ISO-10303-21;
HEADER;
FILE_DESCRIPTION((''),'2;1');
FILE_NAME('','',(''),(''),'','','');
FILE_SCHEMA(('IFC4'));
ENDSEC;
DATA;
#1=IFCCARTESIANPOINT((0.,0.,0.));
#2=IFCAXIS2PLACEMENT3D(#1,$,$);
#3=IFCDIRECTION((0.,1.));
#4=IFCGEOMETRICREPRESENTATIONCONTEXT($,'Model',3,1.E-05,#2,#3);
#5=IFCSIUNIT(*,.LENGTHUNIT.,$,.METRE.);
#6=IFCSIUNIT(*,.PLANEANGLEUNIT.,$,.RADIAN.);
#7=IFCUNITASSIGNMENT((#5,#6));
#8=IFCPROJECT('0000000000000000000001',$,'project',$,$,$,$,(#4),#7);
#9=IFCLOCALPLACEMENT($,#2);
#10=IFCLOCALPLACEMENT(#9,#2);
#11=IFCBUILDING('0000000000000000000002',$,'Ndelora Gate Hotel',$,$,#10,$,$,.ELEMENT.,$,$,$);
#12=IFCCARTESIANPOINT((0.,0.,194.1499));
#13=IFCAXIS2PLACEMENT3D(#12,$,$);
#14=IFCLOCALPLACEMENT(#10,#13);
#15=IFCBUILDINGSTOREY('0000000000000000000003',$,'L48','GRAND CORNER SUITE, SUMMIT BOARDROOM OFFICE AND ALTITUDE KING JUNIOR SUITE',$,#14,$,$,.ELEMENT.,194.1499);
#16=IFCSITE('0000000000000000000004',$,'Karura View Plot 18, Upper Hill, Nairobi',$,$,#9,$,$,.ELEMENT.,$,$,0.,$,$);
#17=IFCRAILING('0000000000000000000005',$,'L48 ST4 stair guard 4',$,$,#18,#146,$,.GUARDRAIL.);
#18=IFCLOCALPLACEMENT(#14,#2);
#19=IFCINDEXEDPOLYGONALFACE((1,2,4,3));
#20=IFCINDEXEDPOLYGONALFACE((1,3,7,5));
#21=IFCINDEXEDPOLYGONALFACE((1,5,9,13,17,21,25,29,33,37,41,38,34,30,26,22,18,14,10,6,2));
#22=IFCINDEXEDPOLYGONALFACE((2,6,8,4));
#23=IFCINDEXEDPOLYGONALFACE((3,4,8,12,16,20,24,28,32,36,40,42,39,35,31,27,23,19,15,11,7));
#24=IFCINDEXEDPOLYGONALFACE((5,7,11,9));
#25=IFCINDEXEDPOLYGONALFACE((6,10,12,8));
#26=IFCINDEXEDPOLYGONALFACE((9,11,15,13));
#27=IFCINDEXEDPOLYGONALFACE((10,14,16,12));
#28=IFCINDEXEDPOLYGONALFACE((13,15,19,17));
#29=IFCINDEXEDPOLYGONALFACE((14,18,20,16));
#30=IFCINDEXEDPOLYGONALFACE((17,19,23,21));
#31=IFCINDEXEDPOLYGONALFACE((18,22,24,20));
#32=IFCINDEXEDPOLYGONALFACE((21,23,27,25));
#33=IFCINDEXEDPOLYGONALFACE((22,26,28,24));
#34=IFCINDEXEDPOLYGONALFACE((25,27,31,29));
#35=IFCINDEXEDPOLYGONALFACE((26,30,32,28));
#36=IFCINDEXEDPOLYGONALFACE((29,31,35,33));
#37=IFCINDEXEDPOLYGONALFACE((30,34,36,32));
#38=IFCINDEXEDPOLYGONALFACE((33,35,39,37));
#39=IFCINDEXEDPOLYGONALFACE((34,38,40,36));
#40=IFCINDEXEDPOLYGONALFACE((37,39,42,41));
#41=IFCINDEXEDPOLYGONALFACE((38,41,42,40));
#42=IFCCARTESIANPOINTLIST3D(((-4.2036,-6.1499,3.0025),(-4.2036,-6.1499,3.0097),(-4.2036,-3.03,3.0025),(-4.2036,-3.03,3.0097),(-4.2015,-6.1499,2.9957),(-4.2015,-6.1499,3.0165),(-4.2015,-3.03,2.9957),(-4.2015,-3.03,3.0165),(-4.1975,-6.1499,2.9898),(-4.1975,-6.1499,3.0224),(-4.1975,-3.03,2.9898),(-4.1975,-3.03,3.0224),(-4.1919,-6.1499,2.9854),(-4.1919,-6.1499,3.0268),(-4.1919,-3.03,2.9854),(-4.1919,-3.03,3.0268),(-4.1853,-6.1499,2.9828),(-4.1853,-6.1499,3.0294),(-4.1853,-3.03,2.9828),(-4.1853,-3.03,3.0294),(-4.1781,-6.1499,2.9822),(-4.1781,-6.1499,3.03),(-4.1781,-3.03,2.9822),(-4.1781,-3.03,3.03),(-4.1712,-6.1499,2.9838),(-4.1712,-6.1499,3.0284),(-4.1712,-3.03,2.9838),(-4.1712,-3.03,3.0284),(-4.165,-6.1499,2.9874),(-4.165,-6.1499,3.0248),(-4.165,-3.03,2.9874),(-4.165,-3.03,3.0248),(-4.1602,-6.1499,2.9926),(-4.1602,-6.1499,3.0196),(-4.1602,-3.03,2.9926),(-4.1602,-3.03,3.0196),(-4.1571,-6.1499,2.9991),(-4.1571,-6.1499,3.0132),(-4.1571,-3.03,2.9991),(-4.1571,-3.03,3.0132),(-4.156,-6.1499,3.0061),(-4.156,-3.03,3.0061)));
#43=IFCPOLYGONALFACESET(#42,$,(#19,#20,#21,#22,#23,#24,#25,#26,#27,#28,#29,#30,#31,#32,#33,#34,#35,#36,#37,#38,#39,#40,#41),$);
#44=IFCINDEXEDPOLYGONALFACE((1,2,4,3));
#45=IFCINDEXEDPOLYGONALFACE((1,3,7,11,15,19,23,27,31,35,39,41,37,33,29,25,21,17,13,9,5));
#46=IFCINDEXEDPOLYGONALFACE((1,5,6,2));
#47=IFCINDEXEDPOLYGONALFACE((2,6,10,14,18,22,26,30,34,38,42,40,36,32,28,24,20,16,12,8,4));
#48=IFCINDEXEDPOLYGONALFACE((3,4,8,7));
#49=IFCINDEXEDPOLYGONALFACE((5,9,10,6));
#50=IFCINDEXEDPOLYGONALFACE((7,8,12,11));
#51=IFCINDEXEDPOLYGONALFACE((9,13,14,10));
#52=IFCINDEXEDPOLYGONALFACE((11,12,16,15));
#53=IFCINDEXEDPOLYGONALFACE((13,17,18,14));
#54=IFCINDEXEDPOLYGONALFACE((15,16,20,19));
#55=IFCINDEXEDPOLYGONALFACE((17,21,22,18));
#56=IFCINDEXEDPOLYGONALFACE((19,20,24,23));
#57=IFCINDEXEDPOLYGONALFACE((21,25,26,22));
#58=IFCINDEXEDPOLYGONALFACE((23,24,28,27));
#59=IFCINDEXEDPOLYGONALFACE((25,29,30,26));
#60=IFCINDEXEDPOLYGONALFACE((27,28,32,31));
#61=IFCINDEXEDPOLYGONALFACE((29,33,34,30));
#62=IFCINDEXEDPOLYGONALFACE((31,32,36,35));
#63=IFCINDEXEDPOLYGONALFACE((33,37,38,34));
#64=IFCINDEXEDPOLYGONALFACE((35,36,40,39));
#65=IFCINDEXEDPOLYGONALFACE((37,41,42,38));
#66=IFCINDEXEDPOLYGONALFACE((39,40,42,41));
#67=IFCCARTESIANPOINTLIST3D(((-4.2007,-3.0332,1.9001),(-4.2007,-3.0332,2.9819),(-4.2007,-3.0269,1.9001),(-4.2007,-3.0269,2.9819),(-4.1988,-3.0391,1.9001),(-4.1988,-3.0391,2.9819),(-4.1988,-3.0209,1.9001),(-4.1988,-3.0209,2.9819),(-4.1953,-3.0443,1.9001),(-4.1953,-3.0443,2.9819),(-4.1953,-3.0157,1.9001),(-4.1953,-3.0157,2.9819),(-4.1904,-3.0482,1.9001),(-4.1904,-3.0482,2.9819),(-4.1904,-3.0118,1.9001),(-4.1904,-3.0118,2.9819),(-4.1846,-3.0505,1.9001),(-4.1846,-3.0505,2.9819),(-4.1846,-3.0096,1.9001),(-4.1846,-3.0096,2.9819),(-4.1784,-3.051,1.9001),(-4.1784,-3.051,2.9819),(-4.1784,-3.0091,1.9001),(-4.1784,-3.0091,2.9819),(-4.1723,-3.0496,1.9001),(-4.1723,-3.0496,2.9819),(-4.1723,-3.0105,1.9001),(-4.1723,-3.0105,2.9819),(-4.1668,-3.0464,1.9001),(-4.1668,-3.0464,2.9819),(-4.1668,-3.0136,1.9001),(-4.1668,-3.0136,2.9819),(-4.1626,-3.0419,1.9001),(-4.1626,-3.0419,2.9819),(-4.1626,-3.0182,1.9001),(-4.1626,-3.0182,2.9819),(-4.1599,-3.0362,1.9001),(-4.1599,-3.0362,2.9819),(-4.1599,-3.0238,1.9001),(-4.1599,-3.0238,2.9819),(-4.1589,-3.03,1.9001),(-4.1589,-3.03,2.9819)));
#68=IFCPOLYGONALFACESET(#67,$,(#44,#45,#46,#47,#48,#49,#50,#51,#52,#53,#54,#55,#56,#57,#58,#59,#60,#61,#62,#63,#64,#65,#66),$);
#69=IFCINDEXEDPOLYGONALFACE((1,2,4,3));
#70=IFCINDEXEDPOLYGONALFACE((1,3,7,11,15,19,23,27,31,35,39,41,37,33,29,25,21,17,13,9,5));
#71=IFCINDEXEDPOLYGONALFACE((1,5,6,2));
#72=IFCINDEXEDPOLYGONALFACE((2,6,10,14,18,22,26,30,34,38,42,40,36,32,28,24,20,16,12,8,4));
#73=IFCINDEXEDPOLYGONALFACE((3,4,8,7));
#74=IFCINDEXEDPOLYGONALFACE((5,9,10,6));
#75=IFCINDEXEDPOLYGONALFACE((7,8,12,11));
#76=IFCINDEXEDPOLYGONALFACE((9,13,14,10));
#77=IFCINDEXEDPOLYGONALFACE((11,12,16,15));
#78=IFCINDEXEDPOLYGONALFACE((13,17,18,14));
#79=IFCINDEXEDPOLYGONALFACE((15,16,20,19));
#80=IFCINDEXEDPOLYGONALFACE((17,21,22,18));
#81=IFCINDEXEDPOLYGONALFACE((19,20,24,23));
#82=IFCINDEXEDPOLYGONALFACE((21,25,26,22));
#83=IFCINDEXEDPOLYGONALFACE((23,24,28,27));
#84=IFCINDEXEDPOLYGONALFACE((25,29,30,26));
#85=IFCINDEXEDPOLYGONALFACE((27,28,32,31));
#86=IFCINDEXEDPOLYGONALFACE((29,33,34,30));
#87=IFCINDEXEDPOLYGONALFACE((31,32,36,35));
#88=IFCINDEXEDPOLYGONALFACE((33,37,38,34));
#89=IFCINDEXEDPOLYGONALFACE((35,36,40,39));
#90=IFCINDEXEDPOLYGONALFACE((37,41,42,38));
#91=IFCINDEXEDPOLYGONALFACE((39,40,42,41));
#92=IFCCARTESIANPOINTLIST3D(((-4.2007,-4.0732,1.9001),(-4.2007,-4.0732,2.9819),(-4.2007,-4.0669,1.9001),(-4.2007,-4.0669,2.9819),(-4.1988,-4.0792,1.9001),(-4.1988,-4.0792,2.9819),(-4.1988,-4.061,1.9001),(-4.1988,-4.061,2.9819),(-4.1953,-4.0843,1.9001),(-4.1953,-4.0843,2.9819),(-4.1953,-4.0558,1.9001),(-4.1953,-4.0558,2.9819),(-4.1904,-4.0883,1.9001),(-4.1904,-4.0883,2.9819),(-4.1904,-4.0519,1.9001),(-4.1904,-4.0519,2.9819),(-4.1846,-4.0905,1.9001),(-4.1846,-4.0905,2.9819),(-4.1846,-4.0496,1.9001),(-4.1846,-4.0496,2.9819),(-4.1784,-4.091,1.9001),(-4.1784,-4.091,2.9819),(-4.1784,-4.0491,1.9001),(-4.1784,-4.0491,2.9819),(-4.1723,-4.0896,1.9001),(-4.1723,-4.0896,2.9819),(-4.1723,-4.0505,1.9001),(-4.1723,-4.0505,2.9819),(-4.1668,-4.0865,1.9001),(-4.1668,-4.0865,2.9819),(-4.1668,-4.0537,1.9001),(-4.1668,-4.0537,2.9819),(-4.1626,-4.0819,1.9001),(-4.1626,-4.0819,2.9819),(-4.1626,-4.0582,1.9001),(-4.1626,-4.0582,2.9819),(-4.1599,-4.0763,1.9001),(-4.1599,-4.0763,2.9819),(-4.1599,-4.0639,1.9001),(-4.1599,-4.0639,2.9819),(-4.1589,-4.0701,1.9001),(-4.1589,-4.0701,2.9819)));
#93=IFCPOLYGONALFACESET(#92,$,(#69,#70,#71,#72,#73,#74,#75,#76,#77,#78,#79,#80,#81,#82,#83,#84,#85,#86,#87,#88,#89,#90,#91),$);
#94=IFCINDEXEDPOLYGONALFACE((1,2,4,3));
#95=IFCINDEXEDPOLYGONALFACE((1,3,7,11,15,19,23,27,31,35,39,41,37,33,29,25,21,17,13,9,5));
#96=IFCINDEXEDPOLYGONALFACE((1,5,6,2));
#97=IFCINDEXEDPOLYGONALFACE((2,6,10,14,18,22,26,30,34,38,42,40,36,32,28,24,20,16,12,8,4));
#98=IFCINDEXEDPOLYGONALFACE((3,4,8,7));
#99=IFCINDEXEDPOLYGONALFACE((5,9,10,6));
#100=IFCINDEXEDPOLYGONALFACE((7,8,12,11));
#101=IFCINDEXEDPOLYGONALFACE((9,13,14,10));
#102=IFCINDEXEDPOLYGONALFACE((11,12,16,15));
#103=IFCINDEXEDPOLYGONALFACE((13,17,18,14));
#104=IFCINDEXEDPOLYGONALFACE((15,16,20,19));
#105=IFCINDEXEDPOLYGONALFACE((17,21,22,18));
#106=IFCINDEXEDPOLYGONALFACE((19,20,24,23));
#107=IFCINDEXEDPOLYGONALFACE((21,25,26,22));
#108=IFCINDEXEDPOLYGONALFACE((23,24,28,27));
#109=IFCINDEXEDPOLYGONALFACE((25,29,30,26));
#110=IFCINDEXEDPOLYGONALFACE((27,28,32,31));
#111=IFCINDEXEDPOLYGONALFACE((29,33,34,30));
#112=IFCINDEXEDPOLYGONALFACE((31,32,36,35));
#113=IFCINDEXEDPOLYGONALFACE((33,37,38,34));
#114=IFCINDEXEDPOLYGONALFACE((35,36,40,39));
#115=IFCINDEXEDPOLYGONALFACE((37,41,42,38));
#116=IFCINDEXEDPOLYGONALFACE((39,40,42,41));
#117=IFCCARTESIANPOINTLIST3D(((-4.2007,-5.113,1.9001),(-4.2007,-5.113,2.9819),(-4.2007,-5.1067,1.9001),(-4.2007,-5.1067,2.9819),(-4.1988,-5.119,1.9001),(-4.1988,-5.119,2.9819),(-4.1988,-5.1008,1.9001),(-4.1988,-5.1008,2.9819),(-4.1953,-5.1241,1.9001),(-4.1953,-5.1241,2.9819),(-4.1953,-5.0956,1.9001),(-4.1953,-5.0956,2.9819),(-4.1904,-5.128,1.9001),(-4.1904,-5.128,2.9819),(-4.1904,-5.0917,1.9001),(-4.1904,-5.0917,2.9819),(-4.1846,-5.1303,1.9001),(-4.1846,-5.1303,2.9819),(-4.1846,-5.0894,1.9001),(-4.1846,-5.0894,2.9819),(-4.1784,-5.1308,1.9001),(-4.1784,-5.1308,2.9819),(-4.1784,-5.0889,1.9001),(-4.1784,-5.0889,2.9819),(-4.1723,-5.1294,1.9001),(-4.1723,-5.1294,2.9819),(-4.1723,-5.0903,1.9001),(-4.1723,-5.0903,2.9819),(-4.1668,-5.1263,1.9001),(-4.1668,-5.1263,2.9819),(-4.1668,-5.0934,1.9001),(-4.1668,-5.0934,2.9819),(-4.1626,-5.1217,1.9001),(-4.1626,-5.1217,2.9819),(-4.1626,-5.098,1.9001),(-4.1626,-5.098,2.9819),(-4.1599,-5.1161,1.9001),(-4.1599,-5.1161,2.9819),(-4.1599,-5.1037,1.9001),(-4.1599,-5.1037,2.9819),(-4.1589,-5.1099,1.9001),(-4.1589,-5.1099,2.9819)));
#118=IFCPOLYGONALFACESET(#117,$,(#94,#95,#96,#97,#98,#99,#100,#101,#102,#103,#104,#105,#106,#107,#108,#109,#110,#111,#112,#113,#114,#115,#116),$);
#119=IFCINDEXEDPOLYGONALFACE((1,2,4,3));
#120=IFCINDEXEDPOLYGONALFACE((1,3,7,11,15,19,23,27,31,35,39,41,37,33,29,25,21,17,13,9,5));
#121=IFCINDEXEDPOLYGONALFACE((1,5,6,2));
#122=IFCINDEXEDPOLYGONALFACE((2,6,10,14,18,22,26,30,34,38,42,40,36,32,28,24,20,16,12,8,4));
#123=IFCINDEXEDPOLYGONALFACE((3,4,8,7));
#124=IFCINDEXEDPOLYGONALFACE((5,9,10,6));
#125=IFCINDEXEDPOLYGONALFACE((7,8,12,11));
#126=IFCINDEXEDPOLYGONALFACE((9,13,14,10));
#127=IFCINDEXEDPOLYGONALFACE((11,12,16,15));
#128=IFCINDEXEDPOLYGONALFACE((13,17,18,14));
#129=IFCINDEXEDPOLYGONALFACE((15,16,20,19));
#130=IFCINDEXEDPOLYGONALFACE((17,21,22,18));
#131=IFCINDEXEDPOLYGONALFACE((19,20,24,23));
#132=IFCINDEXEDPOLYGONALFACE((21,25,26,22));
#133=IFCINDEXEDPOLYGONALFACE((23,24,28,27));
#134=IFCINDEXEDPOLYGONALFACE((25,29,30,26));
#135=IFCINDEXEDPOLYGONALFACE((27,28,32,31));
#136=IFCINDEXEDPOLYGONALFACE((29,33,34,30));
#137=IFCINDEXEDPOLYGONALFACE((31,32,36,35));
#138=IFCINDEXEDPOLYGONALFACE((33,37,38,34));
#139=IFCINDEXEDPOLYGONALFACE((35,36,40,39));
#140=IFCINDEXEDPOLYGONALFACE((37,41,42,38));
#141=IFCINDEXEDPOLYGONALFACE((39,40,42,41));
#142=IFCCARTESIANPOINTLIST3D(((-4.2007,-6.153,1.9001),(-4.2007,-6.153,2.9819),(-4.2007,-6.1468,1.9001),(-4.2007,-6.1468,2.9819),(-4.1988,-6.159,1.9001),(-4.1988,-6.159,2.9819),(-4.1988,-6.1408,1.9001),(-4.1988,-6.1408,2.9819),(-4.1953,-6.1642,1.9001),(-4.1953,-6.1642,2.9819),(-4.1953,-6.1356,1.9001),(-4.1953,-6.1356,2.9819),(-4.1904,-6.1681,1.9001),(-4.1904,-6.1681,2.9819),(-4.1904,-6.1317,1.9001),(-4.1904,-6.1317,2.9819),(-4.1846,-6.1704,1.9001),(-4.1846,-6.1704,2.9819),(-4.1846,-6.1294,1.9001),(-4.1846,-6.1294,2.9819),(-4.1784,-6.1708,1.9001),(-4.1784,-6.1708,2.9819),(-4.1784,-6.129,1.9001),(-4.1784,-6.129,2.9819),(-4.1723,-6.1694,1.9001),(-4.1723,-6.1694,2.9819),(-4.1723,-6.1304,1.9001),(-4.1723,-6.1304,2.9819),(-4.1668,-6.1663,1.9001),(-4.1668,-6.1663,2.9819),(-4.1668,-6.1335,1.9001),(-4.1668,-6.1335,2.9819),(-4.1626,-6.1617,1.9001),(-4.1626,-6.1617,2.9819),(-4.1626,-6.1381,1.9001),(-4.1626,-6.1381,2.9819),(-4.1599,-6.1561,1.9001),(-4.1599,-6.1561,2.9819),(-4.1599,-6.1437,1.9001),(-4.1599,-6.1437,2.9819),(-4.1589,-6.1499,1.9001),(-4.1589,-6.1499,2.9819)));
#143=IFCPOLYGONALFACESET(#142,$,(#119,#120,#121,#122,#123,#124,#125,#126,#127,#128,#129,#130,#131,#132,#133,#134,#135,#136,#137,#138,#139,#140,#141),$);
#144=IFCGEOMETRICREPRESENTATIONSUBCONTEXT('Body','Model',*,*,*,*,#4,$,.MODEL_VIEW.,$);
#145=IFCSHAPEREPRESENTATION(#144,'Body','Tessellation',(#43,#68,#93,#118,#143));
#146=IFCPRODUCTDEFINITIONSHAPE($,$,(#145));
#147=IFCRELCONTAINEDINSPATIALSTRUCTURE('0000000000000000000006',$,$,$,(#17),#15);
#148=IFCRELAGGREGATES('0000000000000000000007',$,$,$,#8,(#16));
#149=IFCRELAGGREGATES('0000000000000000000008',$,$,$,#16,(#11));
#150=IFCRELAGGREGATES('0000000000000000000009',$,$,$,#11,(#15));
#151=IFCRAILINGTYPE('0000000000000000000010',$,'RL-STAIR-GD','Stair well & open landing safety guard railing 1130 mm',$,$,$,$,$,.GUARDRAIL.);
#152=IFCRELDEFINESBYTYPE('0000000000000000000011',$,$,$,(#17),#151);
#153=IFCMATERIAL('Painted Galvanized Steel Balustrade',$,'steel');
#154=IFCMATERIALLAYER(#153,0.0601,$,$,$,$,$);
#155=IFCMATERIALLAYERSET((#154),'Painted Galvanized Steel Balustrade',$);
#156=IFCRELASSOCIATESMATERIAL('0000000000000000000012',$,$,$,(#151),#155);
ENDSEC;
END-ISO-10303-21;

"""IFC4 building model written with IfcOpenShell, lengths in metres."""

from ifc_helpers import new_model, si_unit, direction, frame, origin, origin_2d, place, context, subcontext, project, spatial, circle, extrude, material, layer, layer_set, type_object, element, save


model = new_model("IFC4")

# Units and contexts
model_context = context("Model", 3, precision=1e-05, world=origin(), true_north=direction((0.0, 1.0)))
body_context = subcontext(model_context, "Body", "Model", "MODEL_VIEW")
ifc_project = project(units=[si_unit("LENGTHUNIT", "METRE"), si_unit("PLANEANGLEUNIT", "RADIAN")], contexts=[model_context])

# Site, building, storey
site_placement = place(None, origin())
site = spatial("IfcSite", under=ifc_project, at=site_placement, Name="Karura View Plot 18, Upper Hill, Nairobi", CompositionType="ELEMENT", RefElevation=0.0)
building_placement = place(site_placement, origin())
building = spatial("IfcBuilding", under=site, at=building_placement, Name="Ndelora Gate Hotel", CompositionType="ELEMENT")
storey_placement = place(building_placement, frame((0.0, 0.0, 194.1499)))
storey = spatial("IfcBuildingStorey", under=building, at=storey_placement, Name="L48", Description="GRAND CORNER SUITE, SUMMIT BOARDROOM OFFICE AND ALTITUDE KING JUNIOR SUITE", CompositionType="ELEMENT", Elevation=194.1499)

# Railing
ifc_material_1 = material(Name="Painted Galvanized Steel Balustrade", Category="steel")
ifc_layer_1 = layer(ifc_material_1, 0.0601)
ifc_layer_set_1 = layer_set([ifc_layer_1], Name="Painted Galvanized Steel Balustrade")
railing_type_1 = type_object("IfcRailingType", Name="RL-STAIR-GD", Description="Stair well & open landing safety guard railing 1130 mm", PredefinedType="GUARDRAIL", material=ifc_layer_set_1)
for number, where, name in (
    (1, (-4.1799, -3.03, 1.9001), "L48 ST4 stair guard 4"),
):
    element("IfcRailing", number, at=place(storey_placement, frame(where)), inside=storey, type_object=railing_type_1, Name=name, PredefinedType="GUARDRAIL", context=body_context, shape_type="SweptSolid", body=[
        extrude(circle(Radius=0.0239, at=origin_2d()), frame((0.0, 0.0, 1.106), z_axis=(0.0, -1.0, 0.0), x_axis=(1.0, 0.0, 0.0)), (0.0, 0.0, 1.0), 3.1199),
        extrude(circle(Radius=0.021, at=origin_2d()), origin(), (0.0, 0.0, 1.0), 1.0818),
        extrude(circle(Radius=0.021, at=origin_2d()), frame((0.0, -1.04, 0.0)), (0.0, 0.0, 1.0), 1.0818),
        extrude(circle(Radius=0.021, at=origin_2d()), frame((0.0, -2.0798, 0.0)), (0.0, 0.0, 1.0), 1.0818),
        extrude(circle(Radius=0.021, at=origin_2d()), frame((0.0, -3.1199, 0.0)), (0.0, 0.0, 1.0), 1.0818),
    ])

save(model, "model.ifc")
